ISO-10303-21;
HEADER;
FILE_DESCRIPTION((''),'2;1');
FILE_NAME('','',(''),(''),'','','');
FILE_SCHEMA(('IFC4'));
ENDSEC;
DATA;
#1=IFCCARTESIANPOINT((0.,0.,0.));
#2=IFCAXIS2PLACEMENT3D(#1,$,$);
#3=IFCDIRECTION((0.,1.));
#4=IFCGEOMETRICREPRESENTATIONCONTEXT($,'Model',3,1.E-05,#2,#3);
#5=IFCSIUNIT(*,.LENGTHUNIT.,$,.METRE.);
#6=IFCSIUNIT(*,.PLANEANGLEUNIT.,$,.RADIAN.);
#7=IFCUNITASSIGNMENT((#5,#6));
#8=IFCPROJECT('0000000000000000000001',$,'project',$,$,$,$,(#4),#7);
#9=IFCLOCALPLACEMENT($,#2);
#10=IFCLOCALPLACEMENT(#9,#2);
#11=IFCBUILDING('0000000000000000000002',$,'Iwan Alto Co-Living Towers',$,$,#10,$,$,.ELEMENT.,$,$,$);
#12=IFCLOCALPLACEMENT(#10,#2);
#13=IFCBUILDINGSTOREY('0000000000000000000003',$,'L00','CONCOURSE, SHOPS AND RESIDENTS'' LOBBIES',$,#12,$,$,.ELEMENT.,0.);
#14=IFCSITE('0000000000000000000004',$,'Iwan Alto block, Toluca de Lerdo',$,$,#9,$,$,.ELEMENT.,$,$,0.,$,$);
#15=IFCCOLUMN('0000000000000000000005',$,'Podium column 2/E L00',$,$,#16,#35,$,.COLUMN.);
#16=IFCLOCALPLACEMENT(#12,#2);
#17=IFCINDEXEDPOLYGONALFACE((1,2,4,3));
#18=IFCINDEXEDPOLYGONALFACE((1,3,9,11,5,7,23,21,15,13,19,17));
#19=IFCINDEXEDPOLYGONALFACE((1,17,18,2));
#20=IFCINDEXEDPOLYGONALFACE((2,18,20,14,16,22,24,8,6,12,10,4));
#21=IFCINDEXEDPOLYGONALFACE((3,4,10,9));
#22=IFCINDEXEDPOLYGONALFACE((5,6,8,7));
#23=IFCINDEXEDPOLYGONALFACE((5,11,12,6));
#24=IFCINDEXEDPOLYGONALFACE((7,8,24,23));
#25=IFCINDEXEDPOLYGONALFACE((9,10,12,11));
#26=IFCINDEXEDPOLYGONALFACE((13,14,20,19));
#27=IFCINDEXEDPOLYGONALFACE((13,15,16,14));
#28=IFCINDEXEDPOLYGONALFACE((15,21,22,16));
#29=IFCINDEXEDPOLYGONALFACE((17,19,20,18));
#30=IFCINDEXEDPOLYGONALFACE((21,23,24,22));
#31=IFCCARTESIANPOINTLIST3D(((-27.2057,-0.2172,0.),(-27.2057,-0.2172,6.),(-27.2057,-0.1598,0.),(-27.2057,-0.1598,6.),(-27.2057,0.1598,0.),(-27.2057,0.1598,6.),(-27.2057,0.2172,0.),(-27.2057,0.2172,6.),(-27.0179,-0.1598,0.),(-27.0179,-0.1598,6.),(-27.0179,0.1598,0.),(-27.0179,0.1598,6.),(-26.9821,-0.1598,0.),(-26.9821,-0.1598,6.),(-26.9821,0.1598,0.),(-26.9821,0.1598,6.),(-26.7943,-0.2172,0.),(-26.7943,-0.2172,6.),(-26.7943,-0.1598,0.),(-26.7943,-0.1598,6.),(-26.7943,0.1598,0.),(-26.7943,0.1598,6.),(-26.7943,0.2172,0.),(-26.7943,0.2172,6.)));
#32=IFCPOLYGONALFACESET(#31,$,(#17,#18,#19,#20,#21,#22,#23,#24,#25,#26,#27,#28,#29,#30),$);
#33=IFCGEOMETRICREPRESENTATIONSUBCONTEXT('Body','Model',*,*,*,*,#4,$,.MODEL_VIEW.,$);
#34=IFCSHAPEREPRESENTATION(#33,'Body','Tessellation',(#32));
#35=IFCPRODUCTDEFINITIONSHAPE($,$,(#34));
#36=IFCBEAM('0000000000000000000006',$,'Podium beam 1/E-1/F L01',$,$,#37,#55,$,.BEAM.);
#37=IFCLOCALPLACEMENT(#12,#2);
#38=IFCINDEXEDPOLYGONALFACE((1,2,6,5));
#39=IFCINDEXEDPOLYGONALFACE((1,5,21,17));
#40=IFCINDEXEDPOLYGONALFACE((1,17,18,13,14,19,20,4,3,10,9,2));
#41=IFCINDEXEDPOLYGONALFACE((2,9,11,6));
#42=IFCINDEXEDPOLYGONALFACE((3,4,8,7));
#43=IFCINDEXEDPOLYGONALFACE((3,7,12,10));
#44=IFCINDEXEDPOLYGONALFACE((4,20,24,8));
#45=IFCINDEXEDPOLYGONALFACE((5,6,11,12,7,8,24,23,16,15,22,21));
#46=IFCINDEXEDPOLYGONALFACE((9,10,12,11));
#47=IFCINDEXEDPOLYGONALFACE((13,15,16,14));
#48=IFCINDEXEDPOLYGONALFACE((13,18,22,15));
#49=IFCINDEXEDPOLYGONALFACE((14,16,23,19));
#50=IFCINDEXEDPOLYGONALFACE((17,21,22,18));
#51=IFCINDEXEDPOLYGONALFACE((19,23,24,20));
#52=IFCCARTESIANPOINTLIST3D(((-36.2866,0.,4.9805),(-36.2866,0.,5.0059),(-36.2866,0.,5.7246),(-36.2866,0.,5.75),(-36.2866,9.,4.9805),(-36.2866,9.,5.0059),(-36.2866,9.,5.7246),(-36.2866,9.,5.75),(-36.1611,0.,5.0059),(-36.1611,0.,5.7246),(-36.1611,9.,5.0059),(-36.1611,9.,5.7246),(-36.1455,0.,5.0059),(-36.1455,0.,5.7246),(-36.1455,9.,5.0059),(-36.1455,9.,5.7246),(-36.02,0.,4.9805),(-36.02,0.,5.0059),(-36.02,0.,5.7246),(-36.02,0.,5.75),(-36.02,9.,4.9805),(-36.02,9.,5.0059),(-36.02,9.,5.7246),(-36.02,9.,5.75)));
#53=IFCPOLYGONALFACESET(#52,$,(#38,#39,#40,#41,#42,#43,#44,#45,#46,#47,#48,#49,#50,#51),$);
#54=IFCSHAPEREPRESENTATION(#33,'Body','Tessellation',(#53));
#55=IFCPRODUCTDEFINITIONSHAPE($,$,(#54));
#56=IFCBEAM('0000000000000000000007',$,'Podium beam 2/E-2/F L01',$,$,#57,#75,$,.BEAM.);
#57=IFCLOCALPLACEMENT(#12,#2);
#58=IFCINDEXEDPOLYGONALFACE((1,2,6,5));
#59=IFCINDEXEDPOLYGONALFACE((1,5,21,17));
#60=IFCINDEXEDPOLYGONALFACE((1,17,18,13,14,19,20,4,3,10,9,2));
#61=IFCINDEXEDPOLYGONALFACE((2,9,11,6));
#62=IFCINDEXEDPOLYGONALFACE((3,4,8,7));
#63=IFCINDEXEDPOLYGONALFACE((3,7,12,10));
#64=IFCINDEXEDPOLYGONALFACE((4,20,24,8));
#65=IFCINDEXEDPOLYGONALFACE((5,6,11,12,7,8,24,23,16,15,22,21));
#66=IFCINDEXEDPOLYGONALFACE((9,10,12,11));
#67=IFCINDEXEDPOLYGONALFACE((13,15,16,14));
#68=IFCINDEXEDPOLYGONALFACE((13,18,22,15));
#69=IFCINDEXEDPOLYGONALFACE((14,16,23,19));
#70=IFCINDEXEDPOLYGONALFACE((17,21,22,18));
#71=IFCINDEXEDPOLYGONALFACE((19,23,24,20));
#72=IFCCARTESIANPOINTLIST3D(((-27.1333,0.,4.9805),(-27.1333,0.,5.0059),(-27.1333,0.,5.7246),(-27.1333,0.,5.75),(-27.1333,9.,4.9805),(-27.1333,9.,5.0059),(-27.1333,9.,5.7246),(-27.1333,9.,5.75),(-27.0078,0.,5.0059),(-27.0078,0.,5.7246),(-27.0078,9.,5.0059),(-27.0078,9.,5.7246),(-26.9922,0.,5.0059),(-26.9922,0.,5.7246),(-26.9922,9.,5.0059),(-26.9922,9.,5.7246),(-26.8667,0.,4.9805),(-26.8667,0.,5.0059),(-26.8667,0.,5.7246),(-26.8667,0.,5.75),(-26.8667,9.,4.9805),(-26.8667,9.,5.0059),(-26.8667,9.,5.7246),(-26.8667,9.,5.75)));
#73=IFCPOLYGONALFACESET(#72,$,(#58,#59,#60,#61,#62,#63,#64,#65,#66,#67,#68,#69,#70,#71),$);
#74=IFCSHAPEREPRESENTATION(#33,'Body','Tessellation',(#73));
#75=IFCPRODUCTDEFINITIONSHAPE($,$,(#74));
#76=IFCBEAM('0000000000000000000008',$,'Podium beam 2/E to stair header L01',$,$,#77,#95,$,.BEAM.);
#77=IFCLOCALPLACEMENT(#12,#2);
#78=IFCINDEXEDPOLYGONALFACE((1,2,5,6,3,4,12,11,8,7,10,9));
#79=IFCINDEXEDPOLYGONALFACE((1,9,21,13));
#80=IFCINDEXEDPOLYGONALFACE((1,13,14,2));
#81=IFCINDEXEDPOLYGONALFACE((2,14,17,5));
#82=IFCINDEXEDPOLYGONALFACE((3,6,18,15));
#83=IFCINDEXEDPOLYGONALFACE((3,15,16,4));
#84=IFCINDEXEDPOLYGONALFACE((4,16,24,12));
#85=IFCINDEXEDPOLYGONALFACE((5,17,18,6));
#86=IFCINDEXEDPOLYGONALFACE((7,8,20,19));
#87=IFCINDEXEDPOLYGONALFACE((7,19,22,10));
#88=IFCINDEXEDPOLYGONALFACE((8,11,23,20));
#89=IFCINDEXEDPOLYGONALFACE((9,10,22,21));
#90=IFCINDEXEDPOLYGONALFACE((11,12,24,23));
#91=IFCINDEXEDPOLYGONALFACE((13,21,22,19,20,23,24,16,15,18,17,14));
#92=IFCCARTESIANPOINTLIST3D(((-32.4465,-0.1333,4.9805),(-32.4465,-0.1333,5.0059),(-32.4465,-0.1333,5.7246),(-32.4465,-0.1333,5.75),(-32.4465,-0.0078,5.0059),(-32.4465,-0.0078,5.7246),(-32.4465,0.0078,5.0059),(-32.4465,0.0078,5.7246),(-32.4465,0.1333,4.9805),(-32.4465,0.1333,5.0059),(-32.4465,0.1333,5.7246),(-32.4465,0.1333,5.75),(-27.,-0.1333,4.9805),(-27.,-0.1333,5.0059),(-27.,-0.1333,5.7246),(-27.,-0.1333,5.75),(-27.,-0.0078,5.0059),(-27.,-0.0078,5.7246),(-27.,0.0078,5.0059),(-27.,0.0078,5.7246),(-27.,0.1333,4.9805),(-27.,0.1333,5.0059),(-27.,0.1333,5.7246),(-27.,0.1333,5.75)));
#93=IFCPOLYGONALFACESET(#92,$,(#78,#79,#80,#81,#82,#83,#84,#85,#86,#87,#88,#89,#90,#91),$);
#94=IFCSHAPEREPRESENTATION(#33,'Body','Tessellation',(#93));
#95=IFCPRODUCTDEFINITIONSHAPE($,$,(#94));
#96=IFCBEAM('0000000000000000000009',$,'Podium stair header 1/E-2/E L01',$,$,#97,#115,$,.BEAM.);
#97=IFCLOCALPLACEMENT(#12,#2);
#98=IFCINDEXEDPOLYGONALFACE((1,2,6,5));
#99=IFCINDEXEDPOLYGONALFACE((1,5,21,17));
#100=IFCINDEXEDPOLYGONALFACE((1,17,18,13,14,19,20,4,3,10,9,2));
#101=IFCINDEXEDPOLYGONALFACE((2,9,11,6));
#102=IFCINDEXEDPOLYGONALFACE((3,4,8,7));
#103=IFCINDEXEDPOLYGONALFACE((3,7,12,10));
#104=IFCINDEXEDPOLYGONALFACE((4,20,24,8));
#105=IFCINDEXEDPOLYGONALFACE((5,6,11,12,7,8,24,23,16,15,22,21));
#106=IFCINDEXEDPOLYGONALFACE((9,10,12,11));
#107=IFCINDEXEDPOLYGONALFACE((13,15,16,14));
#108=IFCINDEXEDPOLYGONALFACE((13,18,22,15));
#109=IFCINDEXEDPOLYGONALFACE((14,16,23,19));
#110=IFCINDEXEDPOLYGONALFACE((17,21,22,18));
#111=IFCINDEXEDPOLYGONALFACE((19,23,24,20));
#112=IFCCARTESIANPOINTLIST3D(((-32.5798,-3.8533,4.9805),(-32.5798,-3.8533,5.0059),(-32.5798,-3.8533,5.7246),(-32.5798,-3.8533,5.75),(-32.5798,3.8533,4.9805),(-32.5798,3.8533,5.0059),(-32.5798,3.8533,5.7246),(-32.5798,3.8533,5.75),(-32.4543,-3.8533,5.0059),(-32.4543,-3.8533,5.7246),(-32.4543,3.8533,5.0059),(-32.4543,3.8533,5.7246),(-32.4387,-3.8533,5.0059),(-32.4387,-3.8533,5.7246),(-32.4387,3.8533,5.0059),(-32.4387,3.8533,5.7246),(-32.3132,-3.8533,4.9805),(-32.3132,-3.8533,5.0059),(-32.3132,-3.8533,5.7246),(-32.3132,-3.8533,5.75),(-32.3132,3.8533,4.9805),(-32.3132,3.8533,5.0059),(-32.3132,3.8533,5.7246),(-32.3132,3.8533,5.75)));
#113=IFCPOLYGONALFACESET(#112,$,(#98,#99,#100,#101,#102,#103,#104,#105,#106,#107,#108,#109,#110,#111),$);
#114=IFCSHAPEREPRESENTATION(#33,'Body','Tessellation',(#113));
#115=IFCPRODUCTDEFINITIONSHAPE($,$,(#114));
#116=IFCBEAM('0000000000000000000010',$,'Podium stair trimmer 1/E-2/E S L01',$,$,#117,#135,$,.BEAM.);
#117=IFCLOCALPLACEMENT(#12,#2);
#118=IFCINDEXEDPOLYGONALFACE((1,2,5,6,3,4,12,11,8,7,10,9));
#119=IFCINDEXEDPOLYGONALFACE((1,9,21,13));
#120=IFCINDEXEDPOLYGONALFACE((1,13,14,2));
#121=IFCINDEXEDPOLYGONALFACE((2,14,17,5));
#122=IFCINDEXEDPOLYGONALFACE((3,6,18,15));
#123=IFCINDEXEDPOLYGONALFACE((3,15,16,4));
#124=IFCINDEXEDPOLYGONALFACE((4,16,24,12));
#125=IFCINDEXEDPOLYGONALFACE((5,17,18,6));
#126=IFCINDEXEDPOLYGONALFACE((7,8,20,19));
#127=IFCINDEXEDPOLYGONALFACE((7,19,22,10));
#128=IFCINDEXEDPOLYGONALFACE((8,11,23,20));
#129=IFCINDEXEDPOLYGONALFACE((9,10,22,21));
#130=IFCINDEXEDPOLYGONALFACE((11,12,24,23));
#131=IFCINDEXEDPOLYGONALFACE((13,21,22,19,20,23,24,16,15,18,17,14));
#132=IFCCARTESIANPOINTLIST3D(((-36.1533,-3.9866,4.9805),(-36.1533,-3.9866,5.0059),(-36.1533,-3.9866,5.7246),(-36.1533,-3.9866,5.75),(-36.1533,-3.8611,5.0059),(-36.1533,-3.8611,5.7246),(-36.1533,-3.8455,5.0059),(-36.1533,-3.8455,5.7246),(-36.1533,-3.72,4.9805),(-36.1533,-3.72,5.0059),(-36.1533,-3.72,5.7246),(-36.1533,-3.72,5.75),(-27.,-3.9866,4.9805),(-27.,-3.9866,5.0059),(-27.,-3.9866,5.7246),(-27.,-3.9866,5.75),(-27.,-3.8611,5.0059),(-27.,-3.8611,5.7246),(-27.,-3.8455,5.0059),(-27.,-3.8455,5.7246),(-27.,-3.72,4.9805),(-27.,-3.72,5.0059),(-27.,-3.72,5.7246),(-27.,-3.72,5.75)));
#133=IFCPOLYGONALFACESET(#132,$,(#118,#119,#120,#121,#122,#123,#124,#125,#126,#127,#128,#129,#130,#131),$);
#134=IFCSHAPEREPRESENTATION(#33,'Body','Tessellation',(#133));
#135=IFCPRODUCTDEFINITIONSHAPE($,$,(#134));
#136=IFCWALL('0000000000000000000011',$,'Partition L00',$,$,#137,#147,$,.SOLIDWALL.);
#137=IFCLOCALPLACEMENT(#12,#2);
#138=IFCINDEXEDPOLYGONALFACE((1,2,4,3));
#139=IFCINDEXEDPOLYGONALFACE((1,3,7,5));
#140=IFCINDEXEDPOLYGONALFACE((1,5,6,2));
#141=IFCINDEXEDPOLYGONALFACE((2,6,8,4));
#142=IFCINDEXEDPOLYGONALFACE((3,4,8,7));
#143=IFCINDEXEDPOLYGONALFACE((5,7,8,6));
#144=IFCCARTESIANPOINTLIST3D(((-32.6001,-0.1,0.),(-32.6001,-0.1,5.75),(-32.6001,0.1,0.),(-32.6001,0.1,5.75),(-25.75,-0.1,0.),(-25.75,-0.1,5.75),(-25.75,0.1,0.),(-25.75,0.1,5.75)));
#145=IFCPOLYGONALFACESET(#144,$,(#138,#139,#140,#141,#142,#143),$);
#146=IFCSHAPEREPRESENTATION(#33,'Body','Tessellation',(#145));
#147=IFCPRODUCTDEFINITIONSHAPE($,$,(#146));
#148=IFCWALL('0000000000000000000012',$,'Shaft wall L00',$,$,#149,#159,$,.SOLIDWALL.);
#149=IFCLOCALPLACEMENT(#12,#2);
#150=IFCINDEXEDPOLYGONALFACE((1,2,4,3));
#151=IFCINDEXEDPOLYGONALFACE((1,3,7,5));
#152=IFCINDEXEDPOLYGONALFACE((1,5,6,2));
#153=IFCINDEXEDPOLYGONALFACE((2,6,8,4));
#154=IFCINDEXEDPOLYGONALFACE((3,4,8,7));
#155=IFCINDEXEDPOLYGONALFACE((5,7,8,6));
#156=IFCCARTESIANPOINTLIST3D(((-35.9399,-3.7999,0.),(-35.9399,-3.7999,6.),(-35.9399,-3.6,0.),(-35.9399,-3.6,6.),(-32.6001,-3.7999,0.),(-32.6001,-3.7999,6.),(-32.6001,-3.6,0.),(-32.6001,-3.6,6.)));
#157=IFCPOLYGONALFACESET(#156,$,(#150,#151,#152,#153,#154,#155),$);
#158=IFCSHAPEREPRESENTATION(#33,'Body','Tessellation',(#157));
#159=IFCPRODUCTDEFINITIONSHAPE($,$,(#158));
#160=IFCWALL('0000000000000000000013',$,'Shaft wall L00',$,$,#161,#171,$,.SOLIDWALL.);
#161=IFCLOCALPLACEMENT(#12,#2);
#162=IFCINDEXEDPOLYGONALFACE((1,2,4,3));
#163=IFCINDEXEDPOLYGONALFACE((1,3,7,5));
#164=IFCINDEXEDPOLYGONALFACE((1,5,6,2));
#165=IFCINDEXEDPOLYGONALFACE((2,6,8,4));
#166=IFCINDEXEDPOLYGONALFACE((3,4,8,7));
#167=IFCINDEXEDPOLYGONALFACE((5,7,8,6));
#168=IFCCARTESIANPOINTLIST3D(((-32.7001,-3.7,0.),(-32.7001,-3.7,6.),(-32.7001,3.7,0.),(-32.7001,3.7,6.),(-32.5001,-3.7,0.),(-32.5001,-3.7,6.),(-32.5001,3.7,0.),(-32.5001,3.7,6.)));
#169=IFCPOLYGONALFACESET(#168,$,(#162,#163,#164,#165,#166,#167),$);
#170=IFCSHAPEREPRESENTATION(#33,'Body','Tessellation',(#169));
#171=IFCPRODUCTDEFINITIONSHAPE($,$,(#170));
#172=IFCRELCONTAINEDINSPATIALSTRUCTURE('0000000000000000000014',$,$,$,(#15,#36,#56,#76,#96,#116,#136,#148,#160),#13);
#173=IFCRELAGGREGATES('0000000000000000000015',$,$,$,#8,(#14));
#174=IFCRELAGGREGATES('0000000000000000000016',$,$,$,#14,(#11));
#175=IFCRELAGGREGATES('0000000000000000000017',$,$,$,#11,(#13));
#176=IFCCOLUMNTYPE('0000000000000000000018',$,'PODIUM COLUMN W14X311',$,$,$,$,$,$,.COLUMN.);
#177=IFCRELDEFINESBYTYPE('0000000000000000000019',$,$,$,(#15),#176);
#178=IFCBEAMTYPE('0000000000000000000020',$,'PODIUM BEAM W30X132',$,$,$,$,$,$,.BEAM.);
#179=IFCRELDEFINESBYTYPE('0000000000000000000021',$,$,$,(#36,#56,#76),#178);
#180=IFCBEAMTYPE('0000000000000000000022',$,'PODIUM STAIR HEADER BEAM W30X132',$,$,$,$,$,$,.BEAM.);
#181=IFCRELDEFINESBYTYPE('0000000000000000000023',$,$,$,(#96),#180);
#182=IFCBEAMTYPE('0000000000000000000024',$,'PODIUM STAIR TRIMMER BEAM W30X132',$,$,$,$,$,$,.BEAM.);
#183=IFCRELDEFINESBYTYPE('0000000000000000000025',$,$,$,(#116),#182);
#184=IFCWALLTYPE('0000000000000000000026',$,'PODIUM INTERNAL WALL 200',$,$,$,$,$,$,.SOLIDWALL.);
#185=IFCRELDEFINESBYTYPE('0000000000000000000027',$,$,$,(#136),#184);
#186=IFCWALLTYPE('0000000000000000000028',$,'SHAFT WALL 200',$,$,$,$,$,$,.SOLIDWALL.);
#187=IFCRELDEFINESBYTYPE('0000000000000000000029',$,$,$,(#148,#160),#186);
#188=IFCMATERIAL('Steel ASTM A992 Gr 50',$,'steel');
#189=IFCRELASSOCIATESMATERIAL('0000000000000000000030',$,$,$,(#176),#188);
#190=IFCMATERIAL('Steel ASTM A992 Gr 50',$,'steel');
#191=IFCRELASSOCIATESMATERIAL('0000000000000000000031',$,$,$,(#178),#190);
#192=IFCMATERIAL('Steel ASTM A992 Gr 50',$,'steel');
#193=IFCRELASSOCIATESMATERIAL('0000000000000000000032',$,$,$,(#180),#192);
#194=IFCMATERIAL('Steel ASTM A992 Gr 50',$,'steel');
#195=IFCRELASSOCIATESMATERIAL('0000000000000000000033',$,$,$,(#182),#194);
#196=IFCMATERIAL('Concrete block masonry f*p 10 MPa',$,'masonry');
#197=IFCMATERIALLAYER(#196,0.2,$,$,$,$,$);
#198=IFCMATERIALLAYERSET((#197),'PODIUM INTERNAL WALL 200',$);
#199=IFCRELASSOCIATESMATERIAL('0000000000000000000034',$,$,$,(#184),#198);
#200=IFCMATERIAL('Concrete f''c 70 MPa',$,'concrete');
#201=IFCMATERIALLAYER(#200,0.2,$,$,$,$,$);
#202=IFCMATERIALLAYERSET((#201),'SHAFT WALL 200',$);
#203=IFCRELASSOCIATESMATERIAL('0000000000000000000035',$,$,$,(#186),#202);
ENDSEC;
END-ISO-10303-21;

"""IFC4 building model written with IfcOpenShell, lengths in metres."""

from ifc_helpers import new_model, si_unit, direction, frame, frame_2d, origin, origin_2d, place, context, subcontext, project, spatial, rectangle, i_section, extrude, material, layer, layer_set, material_profile, profile_set, type_object, element, save


model = new_model("IFC4")

# Units and contexts
model_context = context("Model", 3, precision=1e-05, world=origin(), true_north=direction((0.0, 1.0)))
body_context = subcontext(model_context, "Body", "Model", "MODEL_VIEW")
ifc_project = project(units=[si_unit("LENGTHUNIT", "METRE"), si_unit("PLANEANGLEUNIT", "RADIAN")], contexts=[model_context])

# Site, building, storey
site_placement = place(None, origin())
site = spatial("IfcSite", under=ifc_project, at=site_placement, Name="Iwan Alto block, Toluca de Lerdo", CompositionType="ELEMENT", RefElevation=0.0)
building_placement = place(site_placement, origin())
building = spatial("IfcBuilding", under=site, at=building_placement, Name="Iwan Alto Co-Living Towers", CompositionType="ELEMENT")
storey_placement = place(building_placement, origin())
storey = spatial("IfcBuildingStorey", under=building, at=storey_placement, Name="L00", Description="CONCOURSE, SHOPS AND RESIDENTS' LOBBIES", CompositionType="ELEMENT", Elevation=0.0)

# Column
ifc_material_1 = material(Name="Steel ASTM A992 Gr 50", Category="steel")
ifc_material_profile_1 = material_profile(ifc_material_1, i_section(OverallWidth=0.4114, OverallDepth=0.4343, WebThickness=0.0359, FlangeThickness=0.0574, at=origin_2d()), Name="W14X311")
ifc_profile_set_1 = profile_set([ifc_material_profile_1], Name="Steel ASTM A992 Gr 50")
column_type = type_object("IfcColumnType", Name="PODIUM COLUMN W14X311", PredefinedType="COLUMN", material=ifc_profile_set_1)
for number, where, z_axis, x_axis, name in (
    (1, (-27.0, 0.0, 0.0), (0.0, 0.0, 1.0), (1.0, 0.0, 0.0), "Podium column 2/E L00"),
):
    element("IfcColumn", number, at=place(storey_placement, frame(where, z_axis=z_axis, x_axis=x_axis)), inside=storey, type_object=column_type, Name=name, PredefinedType="COLUMN", context=body_context, shape_type="SweptSolid", body=[
        extrude(i_section(OverallWidth=0.4114, OverallDepth=0.4343, WebThickness=0.0359, FlangeThickness=0.0574, at=origin_2d()), origin(), (0.0, 0.0, 1.0), 6.0),
    ])

# Beams
ifc_material_2 = material(Name="Steel ASTM A992 Gr 50", Category="steel")
ifc_material_profile_2 = material_profile(ifc_material_2, i_section(OverallWidth=0.2666, OverallDepth=0.7695, WebThickness=0.0156, FlangeThickness=0.0254, at=origin_2d()), Name="W30X132")
ifc_profile_set_2 = profile_set([ifc_material_profile_2], Name="Steel ASTM A992 Gr 50")
beam_type_1 = type_object("IfcBeamType", Name="PODIUM BEAM W30X132", PredefinedType="BEAM", material=ifc_profile_set_2)
for number, where, z_axis, x_axis, name in (
    (2, (-36.1533, 0.0, 5.3652), (0.0, 1.0, 0.0), (-1.0, 0.0, 0.0), "Podium beam 1/E-1/F L01"),
    (3, (-27.0, 0.0, 5.3652), (0.0, 1.0, 0.0), (-1.0, 0.0, 0.0), "Podium beam 2/E-2/F L01"),
):
    element("IfcBeam", number, at=place(storey_placement, frame(where, z_axis=z_axis, x_axis=x_axis)), inside=storey, type_object=beam_type_1, Name=name, PredefinedType="BEAM", context=body_context, shape_type="SweptSolid", body=[
        extrude(i_section(OverallWidth=0.2666, OverallDepth=0.7695, WebThickness=0.0156, FlangeThickness=0.0254, at=origin_2d()), origin(), (0.0, 0.0, 1.0), 9.0),
    ])
beam_1_placement = place(storey_placement, frame((-27.0, 0.0, 5.3652), z_axis=(-1.0, 0.0, 0.0), x_axis=(0.0, -1.0, 0.0)))
element("IfcBeam", 4, at=beam_1_placement, inside=storey, type_object=beam_type_1, Name="Podium beam 2/E to stair header L01", PredefinedType="BEAM", context=body_context, shape_type="SweptSolid", body=[
    extrude(i_section(OverallWidth=0.2666, OverallDepth=0.7695, WebThickness=0.0156, FlangeThickness=0.0254, at=origin_2d()), origin(), (0.0, 0.0, 1.0), 5.4465),
])
ifc_material_3 = material(Name="Steel ASTM A992 Gr 50", Category="steel")
ifc_material_profile_3 = material_profile(ifc_material_3, i_section(OverallWidth=0.2666, OverallDepth=0.7695, WebThickness=0.0156, FlangeThickness=0.0254, at=origin_2d()), Name="W30X132")
ifc_profile_set_3 = profile_set([ifc_material_profile_3], Name="Steel ASTM A992 Gr 50")
beam_type_2 = type_object("IfcBeamType", Name="PODIUM STAIR HEADER BEAM W30X132", PredefinedType="BEAM", material=ifc_profile_set_3)
beam_2_placement = place(storey_placement, frame((-32.4465, -3.8533, 5.3652), z_axis=(0.0, 1.0, 0.0), x_axis=(-1.0, 0.0, 0.0)))
element("IfcBeam", 5, at=beam_2_placement, inside=storey, type_object=beam_type_2, Name="Podium stair header 1/E-2/E L01", PredefinedType="BEAM", context=body_context, shape_type="SweptSolid", body=[
    extrude(i_section(OverallWidth=0.2666, OverallDepth=0.7695, WebThickness=0.0156, FlangeThickness=0.0254, at=origin_2d()), origin(), (0.0, 0.0, 1.0), 7.7065),
])
ifc_material_4 = material(Name="Steel ASTM A992 Gr 50", Category="steel")
ifc_material_profile_4 = material_profile(ifc_material_4, i_section(OverallWidth=0.2666, OverallDepth=0.7695, WebThickness=0.0156, FlangeThickness=0.0254, at=origin_2d()), Name="W30X132")
ifc_profile_set_4 = profile_set([ifc_material_profile_4], Name="Steel ASTM A992 Gr 50")
beam_type_3 = type_object("IfcBeamType", Name="PODIUM STAIR TRIMMER BEAM W30X132", PredefinedType="BEAM", material=ifc_profile_set_4)
beam_3_placement = place(storey_placement, frame((-36.1533, -3.8533, 5.3652), z_axis=(1.0, 0.0, 0.0), x_axis=(0.0, 1.0, 0.0)))
element("IfcBeam", 6, at=beam_3_placement, inside=storey, type_object=beam_type_3, Name="Podium stair trimmer 1/E-2/E S L01", PredefinedType="BEAM", context=body_context, shape_type="SweptSolid", body=[
    extrude(i_section(OverallWidth=0.2666, OverallDepth=0.7695, WebThickness=0.0156, FlangeThickness=0.0254, at=origin_2d()), origin(), (0.0, 0.0, 1.0), 9.1533),
])

# Walls
ifc_material_5 = material(Name="Concrete block masonry f*p 10 MPa", Category="masonry")
ifc_layer_1 = layer(ifc_material_5, 0.2)
ifc_layer_set_1 = layer_set([ifc_layer_1], Name="PODIUM INTERNAL WALL 200")
wall_type_1 = type_object("IfcWallType", Name="PODIUM INTERNAL WALL 200", PredefinedType="SOLIDWALL", material=ifc_layer_set_1)
wall_1_placement = place(storey_placement, frame((-32.6001, 0.0, 0.0), z_axis=(0.0, 0.0, 1.0), x_axis=(1.0, 0.0, 0.0)))
element("IfcWall", 7, at=wall_1_placement, inside=storey, type_object=wall_type_1, Name="Partition L00", PredefinedType="SOLIDWALL", context=body_context, shape_type="SweptSolid", body=[
    extrude(rectangle(XDim=6.8501, YDim=0.2, at=frame_2d((3.425, 0.0))), origin(), (0.0, 0.0, 1.0), 5.75),
])
ifc_material_6 = material(Name="Concrete f'c 70 MPa", Category="concrete")
ifc_layer_2 = layer(ifc_material_6, 0.2)
ifc_layer_set_2 = layer_set([ifc_layer_2], Name="SHAFT WALL 200")
wall_type_2 = type_object("IfcWallType", Name="SHAFT WALL 200", PredefinedType="SOLIDWALL", material=ifc_layer_set_2)
wall_2_placement = place(storey_placement, frame((-35.9399, -3.7, 0.0), z_axis=(0.0, 0.0, 1.0), x_axis=(1.0, 0.0, 0.0)))
element("IfcWall", 8, at=wall_2_placement, inside=storey, type_object=wall_type_2, Name="Shaft wall L00", PredefinedType="SOLIDWALL", context=body_context, shape_type="SweptSolid", body=[
    extrude(rectangle(XDim=3.3398, YDim=0.2, at=frame_2d((1.6699, 0.0))), origin(), (0.0, 0.0, 1.0), 6.0),
])
wall_3_placement = place(storey_placement, frame((-32.6001, -3.7, 0.0), z_axis=(0.0, 0.0, 1.0), x_axis=(0.0, 1.0, 0.0)))
element("IfcWall", 9, at=wall_3_placement, inside=storey, type_object=wall_type_2, Name="Shaft wall L00", PredefinedType="SOLIDWALL", context=body_context, shape_type="SweptSolid", body=[
    extrude(rectangle(XDim=7.3999, YDim=0.2, at=frame_2d((3.7, 0.0))), origin(), (0.0, 0.0, 1.0), 6.0),
])

save(model, "model.ifc")
